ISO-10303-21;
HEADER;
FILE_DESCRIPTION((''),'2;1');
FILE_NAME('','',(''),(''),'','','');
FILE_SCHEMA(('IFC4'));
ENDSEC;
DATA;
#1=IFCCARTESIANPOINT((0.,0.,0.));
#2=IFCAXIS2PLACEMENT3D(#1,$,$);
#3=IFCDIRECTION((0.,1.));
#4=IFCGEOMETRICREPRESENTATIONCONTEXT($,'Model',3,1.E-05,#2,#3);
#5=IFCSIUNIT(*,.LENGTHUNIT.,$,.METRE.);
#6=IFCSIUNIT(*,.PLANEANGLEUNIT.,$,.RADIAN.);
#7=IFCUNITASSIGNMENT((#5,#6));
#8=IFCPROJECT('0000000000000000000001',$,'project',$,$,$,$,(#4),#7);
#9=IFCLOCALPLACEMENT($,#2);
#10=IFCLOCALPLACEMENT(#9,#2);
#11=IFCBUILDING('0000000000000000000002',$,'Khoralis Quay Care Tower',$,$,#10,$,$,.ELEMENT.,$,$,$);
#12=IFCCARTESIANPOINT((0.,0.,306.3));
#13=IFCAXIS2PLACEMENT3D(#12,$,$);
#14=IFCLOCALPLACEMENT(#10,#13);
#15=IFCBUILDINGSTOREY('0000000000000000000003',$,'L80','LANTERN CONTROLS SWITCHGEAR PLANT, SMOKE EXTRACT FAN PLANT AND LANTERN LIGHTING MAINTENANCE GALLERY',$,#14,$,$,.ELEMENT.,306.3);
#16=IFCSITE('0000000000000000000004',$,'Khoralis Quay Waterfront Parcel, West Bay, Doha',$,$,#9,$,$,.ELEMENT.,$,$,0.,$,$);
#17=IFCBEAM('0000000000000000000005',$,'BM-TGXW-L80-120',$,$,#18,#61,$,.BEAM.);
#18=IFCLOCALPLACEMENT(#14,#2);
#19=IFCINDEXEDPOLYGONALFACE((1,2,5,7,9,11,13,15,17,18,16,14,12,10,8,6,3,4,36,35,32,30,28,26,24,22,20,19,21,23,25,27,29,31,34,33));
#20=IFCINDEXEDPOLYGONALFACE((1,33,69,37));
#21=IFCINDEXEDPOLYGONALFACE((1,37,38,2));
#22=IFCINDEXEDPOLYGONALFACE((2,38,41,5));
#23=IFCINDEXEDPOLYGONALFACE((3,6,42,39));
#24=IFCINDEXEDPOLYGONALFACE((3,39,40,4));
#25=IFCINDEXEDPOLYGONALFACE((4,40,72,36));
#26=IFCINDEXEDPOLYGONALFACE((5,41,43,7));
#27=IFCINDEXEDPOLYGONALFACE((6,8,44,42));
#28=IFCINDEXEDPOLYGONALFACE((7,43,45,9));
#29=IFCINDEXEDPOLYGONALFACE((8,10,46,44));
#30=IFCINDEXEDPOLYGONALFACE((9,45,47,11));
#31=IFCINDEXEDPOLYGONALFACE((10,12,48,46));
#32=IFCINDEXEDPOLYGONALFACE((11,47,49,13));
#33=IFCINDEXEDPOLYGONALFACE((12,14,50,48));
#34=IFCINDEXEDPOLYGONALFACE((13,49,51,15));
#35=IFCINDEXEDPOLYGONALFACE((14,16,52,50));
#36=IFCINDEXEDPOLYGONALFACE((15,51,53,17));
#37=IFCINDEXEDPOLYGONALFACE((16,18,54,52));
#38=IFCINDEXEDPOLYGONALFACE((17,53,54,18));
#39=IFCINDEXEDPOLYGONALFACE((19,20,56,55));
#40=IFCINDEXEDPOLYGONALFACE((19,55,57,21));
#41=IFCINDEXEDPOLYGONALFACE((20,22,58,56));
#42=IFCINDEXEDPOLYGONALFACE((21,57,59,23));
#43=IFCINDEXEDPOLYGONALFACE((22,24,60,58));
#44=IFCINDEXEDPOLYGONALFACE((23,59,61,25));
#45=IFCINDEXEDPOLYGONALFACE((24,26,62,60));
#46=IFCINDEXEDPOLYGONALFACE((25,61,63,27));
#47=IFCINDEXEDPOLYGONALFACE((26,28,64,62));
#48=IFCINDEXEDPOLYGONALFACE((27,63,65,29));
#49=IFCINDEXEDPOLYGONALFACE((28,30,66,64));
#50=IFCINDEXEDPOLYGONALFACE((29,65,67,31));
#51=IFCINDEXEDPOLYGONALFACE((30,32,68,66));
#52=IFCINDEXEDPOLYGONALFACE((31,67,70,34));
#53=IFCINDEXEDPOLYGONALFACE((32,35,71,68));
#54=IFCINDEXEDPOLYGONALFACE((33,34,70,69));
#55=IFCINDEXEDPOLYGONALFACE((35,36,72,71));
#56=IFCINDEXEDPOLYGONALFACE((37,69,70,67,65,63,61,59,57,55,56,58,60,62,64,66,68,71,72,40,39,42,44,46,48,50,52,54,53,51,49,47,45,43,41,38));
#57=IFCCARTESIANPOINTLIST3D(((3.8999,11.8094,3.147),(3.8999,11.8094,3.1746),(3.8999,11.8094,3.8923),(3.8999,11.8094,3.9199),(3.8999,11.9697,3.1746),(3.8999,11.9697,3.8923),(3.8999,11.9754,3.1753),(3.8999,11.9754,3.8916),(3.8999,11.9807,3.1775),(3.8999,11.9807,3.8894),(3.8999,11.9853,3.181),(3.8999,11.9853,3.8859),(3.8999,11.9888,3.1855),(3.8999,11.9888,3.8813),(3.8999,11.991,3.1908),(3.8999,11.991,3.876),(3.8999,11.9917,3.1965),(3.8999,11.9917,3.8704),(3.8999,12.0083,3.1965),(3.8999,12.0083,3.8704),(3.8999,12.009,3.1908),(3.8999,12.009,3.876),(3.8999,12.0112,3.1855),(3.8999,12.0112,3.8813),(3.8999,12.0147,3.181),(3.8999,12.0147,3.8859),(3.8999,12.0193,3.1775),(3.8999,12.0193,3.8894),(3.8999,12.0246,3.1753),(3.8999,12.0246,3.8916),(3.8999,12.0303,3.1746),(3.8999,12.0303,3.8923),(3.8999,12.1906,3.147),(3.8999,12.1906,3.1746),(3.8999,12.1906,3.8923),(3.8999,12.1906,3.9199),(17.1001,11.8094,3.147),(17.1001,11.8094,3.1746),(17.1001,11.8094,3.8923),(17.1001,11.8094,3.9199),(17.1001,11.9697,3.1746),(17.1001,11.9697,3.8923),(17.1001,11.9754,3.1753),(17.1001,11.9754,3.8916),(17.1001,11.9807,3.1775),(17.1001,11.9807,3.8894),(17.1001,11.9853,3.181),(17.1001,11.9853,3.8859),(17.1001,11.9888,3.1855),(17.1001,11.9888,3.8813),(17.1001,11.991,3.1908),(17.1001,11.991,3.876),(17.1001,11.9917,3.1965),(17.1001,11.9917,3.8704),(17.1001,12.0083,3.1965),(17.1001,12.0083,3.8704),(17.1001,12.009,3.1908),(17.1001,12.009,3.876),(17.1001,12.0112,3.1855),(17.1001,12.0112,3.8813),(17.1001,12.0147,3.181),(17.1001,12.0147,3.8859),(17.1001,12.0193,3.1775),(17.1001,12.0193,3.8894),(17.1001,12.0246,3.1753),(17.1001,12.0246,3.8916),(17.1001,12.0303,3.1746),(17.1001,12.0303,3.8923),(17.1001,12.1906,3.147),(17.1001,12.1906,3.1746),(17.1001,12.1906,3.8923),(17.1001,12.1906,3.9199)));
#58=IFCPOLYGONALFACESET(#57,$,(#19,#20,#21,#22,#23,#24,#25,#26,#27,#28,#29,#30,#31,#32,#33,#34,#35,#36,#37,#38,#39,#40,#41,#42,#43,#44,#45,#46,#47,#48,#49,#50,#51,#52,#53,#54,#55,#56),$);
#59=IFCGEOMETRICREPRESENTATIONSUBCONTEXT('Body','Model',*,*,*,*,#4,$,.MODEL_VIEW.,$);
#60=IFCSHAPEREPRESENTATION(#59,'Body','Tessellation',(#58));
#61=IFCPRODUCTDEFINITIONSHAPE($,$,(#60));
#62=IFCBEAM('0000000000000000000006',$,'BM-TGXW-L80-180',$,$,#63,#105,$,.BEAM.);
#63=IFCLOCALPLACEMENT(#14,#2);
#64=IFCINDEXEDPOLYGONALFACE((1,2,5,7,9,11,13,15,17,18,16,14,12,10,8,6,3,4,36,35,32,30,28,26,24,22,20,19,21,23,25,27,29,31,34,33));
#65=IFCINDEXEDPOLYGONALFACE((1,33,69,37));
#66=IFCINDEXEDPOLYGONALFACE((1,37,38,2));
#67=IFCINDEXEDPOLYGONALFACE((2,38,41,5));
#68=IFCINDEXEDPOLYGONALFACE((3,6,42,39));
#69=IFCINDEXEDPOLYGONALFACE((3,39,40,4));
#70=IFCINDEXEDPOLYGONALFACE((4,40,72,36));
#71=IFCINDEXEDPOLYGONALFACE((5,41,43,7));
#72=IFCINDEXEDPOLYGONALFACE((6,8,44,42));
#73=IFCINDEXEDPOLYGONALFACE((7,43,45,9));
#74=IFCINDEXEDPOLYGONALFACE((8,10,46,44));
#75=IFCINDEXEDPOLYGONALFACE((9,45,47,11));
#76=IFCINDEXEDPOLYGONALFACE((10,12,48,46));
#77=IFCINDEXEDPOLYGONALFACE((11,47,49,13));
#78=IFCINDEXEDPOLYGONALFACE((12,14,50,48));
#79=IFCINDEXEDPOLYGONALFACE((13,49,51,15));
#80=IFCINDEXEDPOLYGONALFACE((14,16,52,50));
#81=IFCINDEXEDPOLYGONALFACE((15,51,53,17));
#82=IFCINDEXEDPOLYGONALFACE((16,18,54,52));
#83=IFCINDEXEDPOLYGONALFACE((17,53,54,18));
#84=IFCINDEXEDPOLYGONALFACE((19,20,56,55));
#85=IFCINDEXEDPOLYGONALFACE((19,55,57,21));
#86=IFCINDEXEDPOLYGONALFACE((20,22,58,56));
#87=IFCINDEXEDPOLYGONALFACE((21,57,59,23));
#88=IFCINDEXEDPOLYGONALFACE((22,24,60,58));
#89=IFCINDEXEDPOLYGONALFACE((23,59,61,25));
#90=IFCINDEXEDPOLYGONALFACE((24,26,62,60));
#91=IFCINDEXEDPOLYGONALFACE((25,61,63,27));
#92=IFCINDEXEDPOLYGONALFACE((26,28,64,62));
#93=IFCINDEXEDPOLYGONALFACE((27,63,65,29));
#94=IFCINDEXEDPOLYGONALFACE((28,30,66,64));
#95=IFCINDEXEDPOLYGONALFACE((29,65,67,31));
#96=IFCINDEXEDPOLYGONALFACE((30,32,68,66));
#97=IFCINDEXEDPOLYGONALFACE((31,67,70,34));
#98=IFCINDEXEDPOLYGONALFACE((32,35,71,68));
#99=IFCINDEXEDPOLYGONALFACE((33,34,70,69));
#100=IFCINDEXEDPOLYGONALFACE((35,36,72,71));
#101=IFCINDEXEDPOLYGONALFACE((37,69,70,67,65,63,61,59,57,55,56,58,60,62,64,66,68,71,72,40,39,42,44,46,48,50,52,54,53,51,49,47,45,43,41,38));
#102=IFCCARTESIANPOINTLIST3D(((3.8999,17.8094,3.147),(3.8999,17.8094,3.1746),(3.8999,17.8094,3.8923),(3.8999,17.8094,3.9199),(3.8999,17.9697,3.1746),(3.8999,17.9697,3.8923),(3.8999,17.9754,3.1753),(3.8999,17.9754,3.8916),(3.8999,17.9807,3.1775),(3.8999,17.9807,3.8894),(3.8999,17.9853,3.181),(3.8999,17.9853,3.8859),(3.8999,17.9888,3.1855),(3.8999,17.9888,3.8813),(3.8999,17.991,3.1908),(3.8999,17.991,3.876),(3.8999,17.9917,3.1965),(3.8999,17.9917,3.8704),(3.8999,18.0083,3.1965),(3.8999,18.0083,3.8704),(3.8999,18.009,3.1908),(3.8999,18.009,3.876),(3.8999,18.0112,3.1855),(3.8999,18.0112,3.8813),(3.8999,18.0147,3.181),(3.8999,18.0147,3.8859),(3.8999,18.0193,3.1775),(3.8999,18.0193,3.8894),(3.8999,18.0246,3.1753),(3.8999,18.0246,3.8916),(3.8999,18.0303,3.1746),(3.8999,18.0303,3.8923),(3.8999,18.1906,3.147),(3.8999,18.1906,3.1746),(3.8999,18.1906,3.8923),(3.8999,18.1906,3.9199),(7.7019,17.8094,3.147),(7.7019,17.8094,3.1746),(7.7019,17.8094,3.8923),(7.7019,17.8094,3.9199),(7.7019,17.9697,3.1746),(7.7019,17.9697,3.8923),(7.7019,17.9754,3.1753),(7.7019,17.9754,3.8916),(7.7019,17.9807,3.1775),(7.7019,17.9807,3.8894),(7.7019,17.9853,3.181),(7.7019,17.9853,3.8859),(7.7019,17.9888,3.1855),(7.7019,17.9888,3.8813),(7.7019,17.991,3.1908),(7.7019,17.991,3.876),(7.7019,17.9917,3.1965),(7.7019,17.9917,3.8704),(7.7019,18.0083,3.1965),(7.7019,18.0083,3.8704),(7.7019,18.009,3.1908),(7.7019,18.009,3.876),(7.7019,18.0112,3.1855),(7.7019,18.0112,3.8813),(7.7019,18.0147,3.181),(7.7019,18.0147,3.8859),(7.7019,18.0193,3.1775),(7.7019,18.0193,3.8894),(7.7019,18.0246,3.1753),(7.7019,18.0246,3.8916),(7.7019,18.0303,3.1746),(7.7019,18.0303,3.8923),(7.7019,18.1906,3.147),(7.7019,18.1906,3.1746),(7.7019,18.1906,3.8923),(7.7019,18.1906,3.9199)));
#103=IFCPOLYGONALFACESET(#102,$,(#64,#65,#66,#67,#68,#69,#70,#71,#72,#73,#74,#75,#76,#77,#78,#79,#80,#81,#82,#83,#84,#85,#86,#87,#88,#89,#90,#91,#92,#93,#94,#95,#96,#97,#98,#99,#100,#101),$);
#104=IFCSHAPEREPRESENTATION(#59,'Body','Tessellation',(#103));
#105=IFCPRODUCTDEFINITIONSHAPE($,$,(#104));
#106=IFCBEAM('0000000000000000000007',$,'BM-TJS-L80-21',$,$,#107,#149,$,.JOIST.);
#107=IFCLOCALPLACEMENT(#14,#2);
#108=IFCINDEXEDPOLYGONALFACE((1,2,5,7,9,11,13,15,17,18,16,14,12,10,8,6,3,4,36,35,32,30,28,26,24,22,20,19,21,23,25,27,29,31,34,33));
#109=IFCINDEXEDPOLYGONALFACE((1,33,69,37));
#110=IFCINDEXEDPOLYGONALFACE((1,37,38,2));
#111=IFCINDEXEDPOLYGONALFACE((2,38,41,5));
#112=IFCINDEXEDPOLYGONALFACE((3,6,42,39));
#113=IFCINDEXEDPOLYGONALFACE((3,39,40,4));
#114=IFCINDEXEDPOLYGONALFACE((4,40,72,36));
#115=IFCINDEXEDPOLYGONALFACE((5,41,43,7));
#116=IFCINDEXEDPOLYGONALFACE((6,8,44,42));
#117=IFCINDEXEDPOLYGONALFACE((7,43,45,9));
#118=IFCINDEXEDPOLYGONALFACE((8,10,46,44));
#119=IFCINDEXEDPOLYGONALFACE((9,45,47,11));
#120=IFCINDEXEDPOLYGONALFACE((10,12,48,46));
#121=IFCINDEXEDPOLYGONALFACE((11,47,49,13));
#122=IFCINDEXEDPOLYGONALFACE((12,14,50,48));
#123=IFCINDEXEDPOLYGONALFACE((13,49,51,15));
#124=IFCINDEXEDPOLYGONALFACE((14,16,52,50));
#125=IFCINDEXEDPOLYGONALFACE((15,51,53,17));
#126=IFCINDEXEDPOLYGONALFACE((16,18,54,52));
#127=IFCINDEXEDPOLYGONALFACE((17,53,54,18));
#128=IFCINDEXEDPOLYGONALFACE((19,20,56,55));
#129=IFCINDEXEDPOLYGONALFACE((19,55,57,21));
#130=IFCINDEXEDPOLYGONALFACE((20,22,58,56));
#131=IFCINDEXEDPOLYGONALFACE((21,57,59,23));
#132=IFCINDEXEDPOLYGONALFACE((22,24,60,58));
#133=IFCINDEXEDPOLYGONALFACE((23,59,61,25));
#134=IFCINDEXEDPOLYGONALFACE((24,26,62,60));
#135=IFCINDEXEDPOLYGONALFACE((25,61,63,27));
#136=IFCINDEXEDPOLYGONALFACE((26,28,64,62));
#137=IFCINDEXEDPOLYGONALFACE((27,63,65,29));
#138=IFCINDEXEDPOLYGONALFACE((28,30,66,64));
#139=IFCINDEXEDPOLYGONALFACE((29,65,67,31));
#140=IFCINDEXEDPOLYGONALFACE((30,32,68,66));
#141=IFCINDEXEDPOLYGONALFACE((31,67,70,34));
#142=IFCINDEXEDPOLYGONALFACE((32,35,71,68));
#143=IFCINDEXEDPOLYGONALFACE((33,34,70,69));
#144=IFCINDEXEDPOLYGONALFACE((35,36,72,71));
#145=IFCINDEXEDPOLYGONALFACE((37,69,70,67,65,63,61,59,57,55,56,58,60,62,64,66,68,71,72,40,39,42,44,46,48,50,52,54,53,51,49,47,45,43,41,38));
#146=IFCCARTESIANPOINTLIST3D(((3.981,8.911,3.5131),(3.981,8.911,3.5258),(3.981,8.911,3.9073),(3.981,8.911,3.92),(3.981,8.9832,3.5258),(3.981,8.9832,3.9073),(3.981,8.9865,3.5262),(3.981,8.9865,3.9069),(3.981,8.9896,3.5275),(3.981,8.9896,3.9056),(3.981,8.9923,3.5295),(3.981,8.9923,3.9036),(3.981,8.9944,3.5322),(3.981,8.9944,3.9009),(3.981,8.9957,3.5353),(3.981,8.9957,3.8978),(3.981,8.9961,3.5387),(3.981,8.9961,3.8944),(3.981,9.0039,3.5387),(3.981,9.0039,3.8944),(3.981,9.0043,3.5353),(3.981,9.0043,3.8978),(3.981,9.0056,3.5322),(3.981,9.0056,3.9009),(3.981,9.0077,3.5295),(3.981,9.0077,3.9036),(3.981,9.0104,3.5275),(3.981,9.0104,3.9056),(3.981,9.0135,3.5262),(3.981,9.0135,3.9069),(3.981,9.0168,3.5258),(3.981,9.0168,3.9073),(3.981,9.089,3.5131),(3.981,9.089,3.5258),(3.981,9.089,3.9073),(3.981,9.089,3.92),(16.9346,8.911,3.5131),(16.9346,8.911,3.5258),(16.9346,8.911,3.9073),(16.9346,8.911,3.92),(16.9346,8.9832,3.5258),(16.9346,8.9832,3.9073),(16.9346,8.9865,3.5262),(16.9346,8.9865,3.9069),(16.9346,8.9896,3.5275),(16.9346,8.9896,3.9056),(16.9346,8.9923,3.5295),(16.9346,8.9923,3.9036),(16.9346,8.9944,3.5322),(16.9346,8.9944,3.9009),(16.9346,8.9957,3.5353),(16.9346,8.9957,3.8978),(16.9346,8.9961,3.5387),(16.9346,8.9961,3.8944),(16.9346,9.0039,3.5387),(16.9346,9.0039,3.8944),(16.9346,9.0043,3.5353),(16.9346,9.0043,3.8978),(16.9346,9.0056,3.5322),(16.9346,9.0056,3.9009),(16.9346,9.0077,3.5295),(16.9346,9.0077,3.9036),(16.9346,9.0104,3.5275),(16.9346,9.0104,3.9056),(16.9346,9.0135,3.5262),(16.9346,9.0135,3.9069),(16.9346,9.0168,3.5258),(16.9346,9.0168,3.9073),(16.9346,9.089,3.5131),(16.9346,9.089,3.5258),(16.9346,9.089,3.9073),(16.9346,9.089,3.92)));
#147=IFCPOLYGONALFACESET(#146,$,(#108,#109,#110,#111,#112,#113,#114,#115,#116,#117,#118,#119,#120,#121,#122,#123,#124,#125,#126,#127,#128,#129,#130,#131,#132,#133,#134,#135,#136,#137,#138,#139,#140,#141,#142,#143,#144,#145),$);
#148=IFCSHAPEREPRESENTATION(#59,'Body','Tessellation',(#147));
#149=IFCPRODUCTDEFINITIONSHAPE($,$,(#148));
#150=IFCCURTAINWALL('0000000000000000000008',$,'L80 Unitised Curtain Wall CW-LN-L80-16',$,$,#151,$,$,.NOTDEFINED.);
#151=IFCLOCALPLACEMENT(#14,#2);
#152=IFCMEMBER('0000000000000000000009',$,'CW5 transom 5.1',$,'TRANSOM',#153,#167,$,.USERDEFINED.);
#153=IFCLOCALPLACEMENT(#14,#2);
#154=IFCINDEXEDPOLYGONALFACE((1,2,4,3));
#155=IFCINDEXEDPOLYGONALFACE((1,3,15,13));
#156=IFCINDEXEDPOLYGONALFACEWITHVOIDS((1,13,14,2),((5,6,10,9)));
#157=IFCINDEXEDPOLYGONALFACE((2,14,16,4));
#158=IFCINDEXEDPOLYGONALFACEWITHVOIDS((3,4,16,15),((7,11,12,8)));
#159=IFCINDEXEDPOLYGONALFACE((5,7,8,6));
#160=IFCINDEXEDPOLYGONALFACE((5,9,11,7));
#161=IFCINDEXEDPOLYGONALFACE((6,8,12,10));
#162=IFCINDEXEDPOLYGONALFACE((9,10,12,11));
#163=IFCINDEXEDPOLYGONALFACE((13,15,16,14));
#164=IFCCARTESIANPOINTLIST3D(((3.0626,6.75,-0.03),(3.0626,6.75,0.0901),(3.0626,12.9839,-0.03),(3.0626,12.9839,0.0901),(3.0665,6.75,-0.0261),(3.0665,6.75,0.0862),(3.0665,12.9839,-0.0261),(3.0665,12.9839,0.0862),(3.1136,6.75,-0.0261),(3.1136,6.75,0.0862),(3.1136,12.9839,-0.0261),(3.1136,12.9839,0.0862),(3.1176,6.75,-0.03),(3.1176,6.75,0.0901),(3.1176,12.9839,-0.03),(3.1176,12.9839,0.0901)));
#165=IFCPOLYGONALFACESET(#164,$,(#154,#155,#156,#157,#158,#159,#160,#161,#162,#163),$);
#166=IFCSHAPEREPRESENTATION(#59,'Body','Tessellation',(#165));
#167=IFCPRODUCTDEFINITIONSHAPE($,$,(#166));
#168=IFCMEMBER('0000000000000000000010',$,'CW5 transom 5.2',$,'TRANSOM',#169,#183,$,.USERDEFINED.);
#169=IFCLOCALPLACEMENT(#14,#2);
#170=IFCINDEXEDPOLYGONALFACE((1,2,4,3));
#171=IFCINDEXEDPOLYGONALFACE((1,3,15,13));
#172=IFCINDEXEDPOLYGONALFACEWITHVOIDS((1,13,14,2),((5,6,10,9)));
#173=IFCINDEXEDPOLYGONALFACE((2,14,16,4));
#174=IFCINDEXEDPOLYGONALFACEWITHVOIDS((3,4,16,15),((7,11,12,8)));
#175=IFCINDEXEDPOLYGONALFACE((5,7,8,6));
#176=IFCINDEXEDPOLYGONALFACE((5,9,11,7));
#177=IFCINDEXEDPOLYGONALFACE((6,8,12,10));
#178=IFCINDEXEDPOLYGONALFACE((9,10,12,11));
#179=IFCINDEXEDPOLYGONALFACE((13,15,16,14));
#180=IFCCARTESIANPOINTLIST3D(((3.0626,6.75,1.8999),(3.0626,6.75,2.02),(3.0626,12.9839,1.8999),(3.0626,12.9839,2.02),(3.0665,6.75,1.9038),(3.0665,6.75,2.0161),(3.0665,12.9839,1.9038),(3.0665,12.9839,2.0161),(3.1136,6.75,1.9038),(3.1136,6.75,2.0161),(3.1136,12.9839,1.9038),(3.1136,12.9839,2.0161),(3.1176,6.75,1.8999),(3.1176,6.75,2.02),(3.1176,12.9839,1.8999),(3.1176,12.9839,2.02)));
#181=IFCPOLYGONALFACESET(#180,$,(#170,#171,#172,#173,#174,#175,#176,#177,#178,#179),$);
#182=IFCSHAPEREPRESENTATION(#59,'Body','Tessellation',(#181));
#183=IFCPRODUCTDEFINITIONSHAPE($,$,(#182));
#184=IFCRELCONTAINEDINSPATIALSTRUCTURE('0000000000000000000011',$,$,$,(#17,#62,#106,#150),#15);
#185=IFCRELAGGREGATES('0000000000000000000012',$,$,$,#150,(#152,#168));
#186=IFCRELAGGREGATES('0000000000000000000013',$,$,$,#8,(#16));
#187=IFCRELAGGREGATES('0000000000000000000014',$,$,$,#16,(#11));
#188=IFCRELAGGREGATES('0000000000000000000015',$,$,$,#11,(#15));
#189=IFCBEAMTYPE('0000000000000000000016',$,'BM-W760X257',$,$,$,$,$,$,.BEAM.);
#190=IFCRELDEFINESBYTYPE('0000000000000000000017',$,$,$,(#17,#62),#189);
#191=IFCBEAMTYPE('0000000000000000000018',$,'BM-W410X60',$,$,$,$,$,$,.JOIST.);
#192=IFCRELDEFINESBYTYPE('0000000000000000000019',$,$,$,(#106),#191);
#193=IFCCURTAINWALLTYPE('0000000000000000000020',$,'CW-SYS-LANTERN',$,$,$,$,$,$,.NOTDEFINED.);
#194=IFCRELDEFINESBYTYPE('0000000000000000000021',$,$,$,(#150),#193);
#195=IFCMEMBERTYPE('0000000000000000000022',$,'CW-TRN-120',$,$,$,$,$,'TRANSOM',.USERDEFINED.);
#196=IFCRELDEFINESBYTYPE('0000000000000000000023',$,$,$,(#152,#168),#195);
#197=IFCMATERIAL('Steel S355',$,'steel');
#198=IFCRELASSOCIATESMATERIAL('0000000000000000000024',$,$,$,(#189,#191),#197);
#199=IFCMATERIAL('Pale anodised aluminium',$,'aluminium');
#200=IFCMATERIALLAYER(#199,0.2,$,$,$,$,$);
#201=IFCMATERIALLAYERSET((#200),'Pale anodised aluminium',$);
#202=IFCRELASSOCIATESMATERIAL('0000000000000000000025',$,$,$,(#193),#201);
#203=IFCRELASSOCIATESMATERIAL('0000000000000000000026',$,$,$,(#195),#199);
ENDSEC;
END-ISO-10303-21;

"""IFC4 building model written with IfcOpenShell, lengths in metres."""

from ifc_helpers import new_model, si_unit, direction, frame, origin, origin_2d, place, context, subcontext, project, spatial, hollow_rectangle, i_section, extrude, source, transform, mapped, material, layer, layer_set, material_profile, profile_set, type_object, element, aggregate, save


model = new_model("IFC4")

# Units and contexts
model_context = context("Model", 3, precision=1e-05, world=origin(), true_north=direction((0.0, 1.0)))
body_context = subcontext(model_context, "Body", "Model", "MODEL_VIEW")
ifc_project = project(units=[si_unit("LENGTHUNIT", "METRE"), si_unit("PLANEANGLEUNIT", "RADIAN")], contexts=[model_context])

# Site, building, storey
site_placement = place(None, origin())
site = spatial("IfcSite", under=ifc_project, at=site_placement, Name="Khoralis Quay Waterfront Parcel, West Bay, Doha", CompositionType="ELEMENT", RefElevation=0.0)
building_placement = place(site_placement, origin())
building = spatial("IfcBuilding", under=site, at=building_placement, Name="Khoralis Quay Care Tower", CompositionType="ELEMENT")
storey_placement = place(building_placement, frame((0.0, 0.0, 306.3)))
storey = spatial("IfcBuildingStorey", under=building, at=storey_placement, Name="L80", Description="LANTERN CONTROLS SWITCHGEAR PLANT, SMOKE EXTRACT FAN PLANT AND LANTERN LIGHTING MAINTENANCE GALLERY", CompositionType="ELEMENT", Elevation=306.3)

# Shared definitions
ifc_material_1 = material(Name="Steel S355", Category="steel")

# Beams
ifc_material_profile_1 = material_profile(ifc_material_1, i_section(OverallWidth=0.3811, OverallDepth=0.7729, WebThickness=0.0166, FlangeThickness=0.0276, FilletRadius=0.022, at=origin_2d()), Name="Steel S355")
ifc_profile_set_1 = profile_set([ifc_material_profile_1], Name="Steel S355")
beam_type_1 = type_object("IfcBeamType", Name="BM-W760X257", PredefinedType="BEAM", material=ifc_profile_set_1)
shared_shape_1 = source(origin(), body_context, "Body", "SweptSolid", [
    extrude(i_section(OverallWidth=0.3811, OverallDepth=0.7729, WebThickness=0.0166, FlangeThickness=0.0276, FilletRadius=0.022, at=origin_2d()), origin(), (0.0, 0.0, 1.0), 13.2002),
])
beam_1_placement = place(storey_placement, frame((3.8999, 12.0, 3.5334), z_axis=(1.0, 0.0, 0.0), x_axis=(0.0, 1.0, 0.0)))
element("IfcBeam", 1, at=beam_1_placement, inside=storey, type_object=beam_type_1, Name="BM-TGXW-L80-120", PredefinedType="BEAM", context=body_context, shape_type="MappedRepresentation", body=[
    mapped(shared_shape_1, transform((0.0, 0.0, 0.0), scale=1.0)),
])
shared_shape_2 = source(origin(), body_context, "Body", "SweptSolid", [
    extrude(i_section(OverallWidth=0.3811, OverallDepth=0.7729, WebThickness=0.0166, FlangeThickness=0.0276, FilletRadius=0.022, at=origin_2d()), origin(), (0.0, 0.0, 1.0), 3.802),
])
beam_2_placement = place(storey_placement, frame((3.8999, 18.0, 3.5334), z_axis=(1.0, 0.0, 0.0), x_axis=(0.0, 1.0, 0.0)))
element("IfcBeam", 2, at=beam_2_placement, inside=storey, type_object=beam_type_1, Name="BM-TGXW-L80-180", PredefinedType="BEAM", context=body_context, shape_type="MappedRepresentation", body=[
    mapped(shared_shape_2, transform((0.0, 0.0, 0.0), scale=1.0)),
])
ifc_material_profile_2 = material_profile(ifc_material_1, i_section(OverallWidth=0.178, OverallDepth=0.407, WebThickness=0.0078, FlangeThickness=0.0127, FilletRadius=0.0129, at=origin_2d()), Name="Steel S355")
ifc_profile_set_2 = profile_set([ifc_material_profile_2], Name="Steel S355")
beam_type_2 = type_object("IfcBeamType", Name="BM-W410X60", PredefinedType="JOIST", material=ifc_profile_set_2)
shared_shape_3 = source(origin(), body_context, "Body", "SweptSolid", [
    extrude(i_section(OverallWidth=0.178, OverallDepth=0.407, WebThickness=0.0078, FlangeThickness=0.0127, FilletRadius=0.0129, at=origin_2d()), origin(), (0.0, 0.0, 1.0), 12.9536),
])
beam_3_placement = place(storey_placement, frame((3.981, 9.0, 3.7166), z_axis=(1.0, 0.0, 0.0), x_axis=(0.0, 1.0, 0.0)))
element("IfcBeam", 3, at=beam_3_placement, inside=storey, type_object=beam_type_2, Name="BM-TJS-L80-21", PredefinedType="JOIST", context=body_context, shape_type="MappedRepresentation", body=[
    mapped(shared_shape_3, transform((0.0, 0.0, 0.0), scale=1.0)),
])

# Curtain wall, members
ifc_material_2 = material(Name="Pale anodised aluminium", Category="aluminium")
ifc_layer_1 = layer(ifc_material_2, 0.2)
ifc_layer_set_1 = layer_set([ifc_layer_1], Name="Pale anodised aluminium")
curtain_wall_type = type_object("IfcCurtainWallType", Name="CW-SYS-LANTERN", PredefinedType="NOTDEFINED", material=ifc_layer_set_1)
curtain_wall_1_placement = place(storey_placement, origin())
curtain_wall_1 = element("IfcCurtainWall", 4, at=curtain_wall_1_placement, inside=storey, type_object=curtain_wall_type, Name="L80 Unitised Curtain Wall CW-LN-L80-16", PredefinedType="NOTDEFINED")
ifc_material_profile_3 = material_profile(ifc_material_2, hollow_rectangle(XDim=0.0549, YDim=0.1201, WallThickness=0.0039, at=origin_2d()), Name="Pale anodised aluminium")
ifc_profile_set_3 = profile_set([ifc_material_profile_3], Name="Pale anodised aluminium")
member_type_1 = type_object("IfcMemberType", Name="CW-TRN-120", ElementType="TRANSOM", PredefinedType="USERDEFINED", material=ifc_profile_set_3)
shared_shape_4 = source(origin(), body_context, "Body", "SweptSolid", [
    extrude(hollow_rectangle(XDim=0.0549, YDim=0.1201, WallThickness=0.0039, at=origin_2d()), origin(), (0.0, 0.0, 1.0), 6.2339),
])
member_1_placement = place(storey_placement, frame((3.0901, 12.9839, 0.03), z_axis=(0.0, -1.0, 0.0), x_axis=(1.0, 0.0, 0.0)))
member_1 = element("IfcMember", 5, at=member_1_placement, type_object=member_type_1, Name="CW5 transom 5.1", ObjectType="TRANSOM", PredefinedType="USERDEFINED", context=body_context, shape_type="MappedRepresentation", body=[
    mapped(shared_shape_4, transform((0.0, 0.0, 0.0), scale=1.0)),
])
member_2_placement = place(storey_placement, frame((3.0901, 12.9839, 1.96), z_axis=(0.0, -1.0, 0.0), x_axis=(1.0, 0.0, 0.0)))
member_2 = element("IfcMember", 6, at=member_2_placement, type_object=member_type_1, Name="CW5 transom 5.2", ObjectType="TRANSOM", PredefinedType="USERDEFINED", context=body_context, shape_type="MappedRepresentation", body=[
    mapped(shared_shape_4, transform((0.0, 0.0, 0.0), scale=1.0)),
])

aggregate(curtain_wall_1, [member_1, member_2])

save(model, "model.ifc")
